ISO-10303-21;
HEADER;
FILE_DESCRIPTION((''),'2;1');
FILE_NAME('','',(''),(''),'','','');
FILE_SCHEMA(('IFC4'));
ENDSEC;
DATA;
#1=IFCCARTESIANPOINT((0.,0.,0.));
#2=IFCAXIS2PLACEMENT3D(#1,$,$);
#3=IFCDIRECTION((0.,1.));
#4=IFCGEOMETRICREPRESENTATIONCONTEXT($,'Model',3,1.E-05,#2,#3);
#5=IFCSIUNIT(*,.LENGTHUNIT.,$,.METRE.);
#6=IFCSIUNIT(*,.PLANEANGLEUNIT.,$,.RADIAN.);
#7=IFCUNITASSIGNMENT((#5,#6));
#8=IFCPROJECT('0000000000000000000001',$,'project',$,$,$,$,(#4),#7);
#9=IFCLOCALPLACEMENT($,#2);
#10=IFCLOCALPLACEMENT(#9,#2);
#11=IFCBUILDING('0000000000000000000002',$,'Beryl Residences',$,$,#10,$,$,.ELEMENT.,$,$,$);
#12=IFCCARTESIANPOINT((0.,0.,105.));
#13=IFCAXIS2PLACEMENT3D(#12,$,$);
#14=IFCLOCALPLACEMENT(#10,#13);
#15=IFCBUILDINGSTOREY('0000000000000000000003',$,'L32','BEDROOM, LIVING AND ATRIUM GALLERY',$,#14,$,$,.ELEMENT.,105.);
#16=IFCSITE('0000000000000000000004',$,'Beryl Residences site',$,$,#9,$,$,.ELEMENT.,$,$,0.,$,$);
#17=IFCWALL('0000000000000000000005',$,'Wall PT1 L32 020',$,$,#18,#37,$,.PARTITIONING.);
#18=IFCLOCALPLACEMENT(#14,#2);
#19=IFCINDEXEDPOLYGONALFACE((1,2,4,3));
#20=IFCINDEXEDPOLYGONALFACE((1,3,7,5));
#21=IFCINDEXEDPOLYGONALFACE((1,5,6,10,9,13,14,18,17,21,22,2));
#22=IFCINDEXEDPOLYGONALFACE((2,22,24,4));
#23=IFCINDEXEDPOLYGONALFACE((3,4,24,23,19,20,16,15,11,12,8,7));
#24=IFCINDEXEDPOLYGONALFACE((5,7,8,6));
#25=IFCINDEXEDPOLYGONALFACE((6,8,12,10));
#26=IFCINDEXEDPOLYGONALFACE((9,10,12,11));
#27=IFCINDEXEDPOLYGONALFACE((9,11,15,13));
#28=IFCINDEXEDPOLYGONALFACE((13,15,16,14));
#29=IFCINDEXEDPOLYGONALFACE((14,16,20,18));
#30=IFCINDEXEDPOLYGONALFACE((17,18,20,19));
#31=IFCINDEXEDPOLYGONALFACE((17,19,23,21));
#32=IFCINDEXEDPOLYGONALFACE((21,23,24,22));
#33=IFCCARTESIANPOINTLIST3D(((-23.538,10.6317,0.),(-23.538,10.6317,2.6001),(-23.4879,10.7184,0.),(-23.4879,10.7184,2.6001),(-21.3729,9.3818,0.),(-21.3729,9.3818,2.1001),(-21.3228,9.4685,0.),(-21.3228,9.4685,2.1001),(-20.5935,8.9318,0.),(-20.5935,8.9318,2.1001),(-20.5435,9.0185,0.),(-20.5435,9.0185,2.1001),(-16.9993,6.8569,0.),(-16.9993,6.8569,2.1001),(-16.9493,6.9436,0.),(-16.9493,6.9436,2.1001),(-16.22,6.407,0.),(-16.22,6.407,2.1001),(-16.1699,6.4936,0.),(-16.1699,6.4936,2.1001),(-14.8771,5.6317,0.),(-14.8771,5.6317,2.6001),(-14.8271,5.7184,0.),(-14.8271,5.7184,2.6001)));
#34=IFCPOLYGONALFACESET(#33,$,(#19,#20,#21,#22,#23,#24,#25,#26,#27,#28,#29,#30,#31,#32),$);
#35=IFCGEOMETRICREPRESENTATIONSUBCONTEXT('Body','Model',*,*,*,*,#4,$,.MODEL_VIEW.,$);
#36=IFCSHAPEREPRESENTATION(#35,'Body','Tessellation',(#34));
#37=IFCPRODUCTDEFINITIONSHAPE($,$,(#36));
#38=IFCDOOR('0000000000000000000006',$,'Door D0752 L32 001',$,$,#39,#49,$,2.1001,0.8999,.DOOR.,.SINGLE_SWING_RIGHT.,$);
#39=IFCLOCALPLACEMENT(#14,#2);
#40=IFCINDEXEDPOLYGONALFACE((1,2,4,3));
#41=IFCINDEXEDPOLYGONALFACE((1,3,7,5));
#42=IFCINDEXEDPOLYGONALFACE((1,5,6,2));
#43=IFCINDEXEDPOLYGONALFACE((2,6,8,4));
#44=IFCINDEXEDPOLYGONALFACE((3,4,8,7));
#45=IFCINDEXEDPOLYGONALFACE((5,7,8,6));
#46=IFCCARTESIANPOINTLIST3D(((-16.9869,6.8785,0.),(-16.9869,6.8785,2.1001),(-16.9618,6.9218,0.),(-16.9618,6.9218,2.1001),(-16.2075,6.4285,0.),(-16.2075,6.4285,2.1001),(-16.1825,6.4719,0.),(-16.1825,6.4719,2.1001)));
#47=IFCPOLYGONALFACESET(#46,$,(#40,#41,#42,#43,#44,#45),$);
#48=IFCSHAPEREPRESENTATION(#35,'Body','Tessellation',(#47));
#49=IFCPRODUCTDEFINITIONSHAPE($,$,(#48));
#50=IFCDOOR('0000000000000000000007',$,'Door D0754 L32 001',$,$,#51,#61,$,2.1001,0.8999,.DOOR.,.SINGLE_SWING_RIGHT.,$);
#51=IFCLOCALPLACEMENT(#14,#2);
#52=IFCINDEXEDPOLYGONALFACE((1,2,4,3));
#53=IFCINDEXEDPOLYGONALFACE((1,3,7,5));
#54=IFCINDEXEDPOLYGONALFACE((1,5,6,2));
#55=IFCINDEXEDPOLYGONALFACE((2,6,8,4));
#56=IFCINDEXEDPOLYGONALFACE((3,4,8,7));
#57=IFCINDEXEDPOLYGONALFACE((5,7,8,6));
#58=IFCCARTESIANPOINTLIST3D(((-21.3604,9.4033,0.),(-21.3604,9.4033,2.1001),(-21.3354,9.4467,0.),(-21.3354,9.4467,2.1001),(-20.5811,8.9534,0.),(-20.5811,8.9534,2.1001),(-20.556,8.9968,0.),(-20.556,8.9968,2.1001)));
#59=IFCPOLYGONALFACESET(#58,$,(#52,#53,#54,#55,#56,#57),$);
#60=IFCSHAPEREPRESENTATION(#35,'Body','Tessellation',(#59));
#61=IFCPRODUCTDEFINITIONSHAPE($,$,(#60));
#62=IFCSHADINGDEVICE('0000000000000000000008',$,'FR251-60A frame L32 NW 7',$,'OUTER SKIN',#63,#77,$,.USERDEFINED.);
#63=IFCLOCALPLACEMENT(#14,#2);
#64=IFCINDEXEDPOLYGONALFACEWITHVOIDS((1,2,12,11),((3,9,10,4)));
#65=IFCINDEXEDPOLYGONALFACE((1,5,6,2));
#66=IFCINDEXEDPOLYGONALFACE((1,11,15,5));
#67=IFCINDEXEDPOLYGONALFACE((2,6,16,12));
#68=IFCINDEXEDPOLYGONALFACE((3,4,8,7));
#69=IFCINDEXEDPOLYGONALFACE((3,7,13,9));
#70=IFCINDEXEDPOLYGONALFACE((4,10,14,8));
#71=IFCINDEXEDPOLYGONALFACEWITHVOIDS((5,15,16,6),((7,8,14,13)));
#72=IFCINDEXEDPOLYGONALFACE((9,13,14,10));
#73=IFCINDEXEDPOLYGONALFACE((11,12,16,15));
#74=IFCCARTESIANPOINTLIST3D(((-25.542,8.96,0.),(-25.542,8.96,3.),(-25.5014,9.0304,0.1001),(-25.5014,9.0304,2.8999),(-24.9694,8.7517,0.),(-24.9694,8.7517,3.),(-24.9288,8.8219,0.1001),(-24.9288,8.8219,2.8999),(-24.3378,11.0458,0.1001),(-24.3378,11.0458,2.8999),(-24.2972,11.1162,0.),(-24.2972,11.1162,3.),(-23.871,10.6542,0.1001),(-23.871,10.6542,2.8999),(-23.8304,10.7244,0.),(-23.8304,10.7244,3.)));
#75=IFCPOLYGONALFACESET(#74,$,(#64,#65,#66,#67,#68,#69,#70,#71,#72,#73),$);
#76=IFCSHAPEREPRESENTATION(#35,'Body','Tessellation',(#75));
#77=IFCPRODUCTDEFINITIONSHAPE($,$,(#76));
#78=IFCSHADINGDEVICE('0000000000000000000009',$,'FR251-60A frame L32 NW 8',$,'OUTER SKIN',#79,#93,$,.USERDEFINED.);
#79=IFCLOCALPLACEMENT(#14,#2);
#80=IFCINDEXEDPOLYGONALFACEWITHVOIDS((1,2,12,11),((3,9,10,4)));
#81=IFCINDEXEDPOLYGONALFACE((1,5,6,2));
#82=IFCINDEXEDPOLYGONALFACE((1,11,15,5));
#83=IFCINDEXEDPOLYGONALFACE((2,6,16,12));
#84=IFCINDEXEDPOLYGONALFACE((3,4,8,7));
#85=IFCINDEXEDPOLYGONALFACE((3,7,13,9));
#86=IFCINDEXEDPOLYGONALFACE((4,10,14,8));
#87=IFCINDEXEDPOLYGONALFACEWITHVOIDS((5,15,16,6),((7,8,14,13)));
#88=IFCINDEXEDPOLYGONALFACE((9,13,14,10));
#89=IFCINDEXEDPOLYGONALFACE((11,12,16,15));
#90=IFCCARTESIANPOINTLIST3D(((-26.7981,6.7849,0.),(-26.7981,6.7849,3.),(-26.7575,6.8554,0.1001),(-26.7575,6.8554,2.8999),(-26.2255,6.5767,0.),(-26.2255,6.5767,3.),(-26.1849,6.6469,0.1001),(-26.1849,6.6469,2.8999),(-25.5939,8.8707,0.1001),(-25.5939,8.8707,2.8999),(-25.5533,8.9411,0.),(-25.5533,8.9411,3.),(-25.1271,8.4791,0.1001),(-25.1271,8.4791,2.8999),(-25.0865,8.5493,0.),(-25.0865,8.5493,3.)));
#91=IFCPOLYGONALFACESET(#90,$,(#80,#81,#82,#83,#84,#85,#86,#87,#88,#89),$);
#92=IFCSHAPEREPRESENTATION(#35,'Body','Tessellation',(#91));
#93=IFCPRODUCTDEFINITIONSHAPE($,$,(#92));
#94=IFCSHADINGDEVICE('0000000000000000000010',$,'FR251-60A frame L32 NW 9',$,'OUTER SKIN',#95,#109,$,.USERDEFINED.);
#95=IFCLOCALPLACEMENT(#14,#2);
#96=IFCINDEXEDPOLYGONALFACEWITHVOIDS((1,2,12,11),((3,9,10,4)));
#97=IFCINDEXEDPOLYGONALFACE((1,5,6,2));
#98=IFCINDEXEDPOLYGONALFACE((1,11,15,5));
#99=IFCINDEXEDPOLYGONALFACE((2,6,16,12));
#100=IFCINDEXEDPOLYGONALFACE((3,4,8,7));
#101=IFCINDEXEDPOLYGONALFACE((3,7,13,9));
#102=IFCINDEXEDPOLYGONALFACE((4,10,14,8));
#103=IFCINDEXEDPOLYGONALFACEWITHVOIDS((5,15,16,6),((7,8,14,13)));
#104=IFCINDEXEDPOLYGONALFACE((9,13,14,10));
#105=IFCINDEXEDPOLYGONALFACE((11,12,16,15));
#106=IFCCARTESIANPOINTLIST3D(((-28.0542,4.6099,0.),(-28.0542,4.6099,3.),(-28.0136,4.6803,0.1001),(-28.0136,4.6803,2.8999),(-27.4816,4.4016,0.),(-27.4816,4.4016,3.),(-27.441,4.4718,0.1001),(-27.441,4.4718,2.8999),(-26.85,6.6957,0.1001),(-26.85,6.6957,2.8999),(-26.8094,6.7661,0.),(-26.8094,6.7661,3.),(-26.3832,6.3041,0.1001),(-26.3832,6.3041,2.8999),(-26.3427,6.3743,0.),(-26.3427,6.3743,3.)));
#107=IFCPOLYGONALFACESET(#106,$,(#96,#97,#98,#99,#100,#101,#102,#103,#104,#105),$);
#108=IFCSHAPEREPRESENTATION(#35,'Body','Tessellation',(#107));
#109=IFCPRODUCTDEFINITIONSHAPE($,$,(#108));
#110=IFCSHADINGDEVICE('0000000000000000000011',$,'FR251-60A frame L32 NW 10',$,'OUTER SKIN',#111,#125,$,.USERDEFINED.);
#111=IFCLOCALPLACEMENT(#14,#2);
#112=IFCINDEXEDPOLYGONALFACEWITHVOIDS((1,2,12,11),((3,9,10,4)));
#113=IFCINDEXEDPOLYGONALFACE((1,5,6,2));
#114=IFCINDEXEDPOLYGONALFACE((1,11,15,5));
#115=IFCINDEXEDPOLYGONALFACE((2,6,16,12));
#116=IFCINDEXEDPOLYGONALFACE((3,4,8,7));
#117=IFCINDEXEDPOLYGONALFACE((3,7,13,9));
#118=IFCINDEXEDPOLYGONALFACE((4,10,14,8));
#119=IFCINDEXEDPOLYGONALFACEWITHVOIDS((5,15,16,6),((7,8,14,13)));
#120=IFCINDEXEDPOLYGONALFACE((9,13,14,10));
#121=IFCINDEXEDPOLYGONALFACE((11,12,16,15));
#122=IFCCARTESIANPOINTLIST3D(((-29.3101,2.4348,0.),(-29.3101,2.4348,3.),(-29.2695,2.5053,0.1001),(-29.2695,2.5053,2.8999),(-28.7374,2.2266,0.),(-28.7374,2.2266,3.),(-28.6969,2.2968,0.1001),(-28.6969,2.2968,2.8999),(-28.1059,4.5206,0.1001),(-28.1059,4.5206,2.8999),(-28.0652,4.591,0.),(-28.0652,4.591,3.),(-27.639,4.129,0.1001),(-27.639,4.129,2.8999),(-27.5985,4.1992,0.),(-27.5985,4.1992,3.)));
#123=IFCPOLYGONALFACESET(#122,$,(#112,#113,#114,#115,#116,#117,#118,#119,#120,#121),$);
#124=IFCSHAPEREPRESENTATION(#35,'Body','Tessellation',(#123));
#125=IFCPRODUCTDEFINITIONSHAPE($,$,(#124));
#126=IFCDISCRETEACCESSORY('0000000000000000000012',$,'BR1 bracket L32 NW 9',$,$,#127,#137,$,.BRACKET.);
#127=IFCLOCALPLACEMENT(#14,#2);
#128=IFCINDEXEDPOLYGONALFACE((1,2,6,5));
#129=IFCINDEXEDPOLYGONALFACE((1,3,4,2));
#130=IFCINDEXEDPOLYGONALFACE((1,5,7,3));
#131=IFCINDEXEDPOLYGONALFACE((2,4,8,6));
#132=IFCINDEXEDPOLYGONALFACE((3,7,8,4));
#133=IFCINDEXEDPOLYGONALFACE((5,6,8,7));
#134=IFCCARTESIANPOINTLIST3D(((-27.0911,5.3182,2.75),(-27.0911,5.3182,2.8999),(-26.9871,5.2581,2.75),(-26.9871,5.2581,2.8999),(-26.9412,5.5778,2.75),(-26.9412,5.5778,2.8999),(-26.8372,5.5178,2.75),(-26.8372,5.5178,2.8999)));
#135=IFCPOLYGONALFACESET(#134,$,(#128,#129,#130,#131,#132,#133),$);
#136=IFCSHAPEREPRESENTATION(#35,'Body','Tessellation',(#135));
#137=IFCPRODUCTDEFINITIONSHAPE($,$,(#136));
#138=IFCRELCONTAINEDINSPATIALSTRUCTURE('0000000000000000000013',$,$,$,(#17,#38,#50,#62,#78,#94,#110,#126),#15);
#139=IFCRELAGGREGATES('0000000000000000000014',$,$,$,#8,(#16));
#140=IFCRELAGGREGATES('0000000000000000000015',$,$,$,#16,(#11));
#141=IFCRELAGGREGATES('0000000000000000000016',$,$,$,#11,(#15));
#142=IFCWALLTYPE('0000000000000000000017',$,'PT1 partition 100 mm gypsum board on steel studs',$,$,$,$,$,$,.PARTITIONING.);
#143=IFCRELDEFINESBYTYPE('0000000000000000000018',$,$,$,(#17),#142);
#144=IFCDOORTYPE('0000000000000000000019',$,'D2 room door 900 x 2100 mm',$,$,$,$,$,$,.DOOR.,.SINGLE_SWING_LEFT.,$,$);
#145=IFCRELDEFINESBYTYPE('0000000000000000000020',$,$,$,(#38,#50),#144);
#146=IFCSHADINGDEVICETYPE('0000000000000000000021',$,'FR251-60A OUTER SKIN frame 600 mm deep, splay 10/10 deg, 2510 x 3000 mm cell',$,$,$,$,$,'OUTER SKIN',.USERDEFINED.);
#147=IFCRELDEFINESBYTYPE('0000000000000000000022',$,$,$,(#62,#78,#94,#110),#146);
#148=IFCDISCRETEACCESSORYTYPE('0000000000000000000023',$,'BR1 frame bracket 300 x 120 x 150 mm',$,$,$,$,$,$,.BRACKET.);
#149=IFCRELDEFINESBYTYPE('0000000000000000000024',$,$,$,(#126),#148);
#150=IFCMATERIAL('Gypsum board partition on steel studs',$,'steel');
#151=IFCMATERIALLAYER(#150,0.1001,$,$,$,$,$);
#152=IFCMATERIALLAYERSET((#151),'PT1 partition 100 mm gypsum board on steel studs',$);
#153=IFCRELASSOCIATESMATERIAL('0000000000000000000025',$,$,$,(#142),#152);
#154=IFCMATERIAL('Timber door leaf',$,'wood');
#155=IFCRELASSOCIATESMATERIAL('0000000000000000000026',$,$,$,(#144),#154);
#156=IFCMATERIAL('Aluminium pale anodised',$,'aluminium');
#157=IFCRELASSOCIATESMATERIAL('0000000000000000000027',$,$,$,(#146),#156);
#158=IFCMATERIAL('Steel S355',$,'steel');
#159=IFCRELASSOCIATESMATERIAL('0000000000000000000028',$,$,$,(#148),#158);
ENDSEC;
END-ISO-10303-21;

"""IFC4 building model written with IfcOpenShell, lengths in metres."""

from ifc_helpers import new_model, entity, si_unit, direction, frame, frame_2d, origin, place, context, subcontext, project, spatial, polyline, rectangle, outline, extrude, source, transform, mapped, material, layer, layer_set, type_object, type_shapes, element, fill, save


model = new_model("IFC4")

# Units and contexts
model_context = context("Model", 3, precision=1e-05, world=origin(), true_north=direction((0.0, 1.0)))
body_context = subcontext(model_context, "Body", "Model", "MODEL_VIEW")
ifc_project = project(units=[si_unit("LENGTHUNIT", "METRE"), si_unit("PLANEANGLEUNIT", "RADIAN")], contexts=[model_context])

# Site, building, storey
site_placement = place(None, origin())
site = spatial("IfcSite", under=ifc_project, at=site_placement, Name="Beryl Residences site", CompositionType="ELEMENT", RefElevation=0.0)
building_placement = place(site_placement, origin())
building = spatial("IfcBuilding", under=site, at=building_placement, Name="Beryl Residences", CompositionType="ELEMENT")
storey_placement = place(building_placement, frame((0.0, 0.0, 105.0)))
storey = spatial("IfcBuildingStorey", under=building, at=storey_placement, Name="L32", Description="BEDROOM, LIVING AND ATRIUM GALLERY", CompositionType="ELEMENT", Elevation=105.0)

# Wall, openings, doors
ifc_material_1 = material(Name="Gypsum board partition on steel studs", Category="steel")
ifc_layer_1 = layer(ifc_material_1, 0.1001)
ifc_layer_set_1 = layer_set([ifc_layer_1], Name="PT1 partition 100 mm gypsum board on steel studs")
wall_type_1 = type_object("IfcWallType", Name="PT1 partition 100 mm gypsum board on steel studs", PredefinedType="PARTITIONING", material=ifc_layer_set_1)
ifc_material_2 = material(Name="Timber door leaf", Category="wood")
door_type_1 = type_object("IfcDoorType", Name="D2 room door 900 x 2100 mm", OperationType="SINGLE_SWING_LEFT", PredefinedType="DOOR", material=ifc_material_2)
wall_1_placement = place(storey_placement, frame((-23.5129, 10.675, 0.0), z_axis=(0.0, 0.0, 1.0), x_axis=(0.866041, -0.499973, 0.0)))
wall_1 = element("IfcWall", 1, at=wall_1_placement, inside=storey, type_object=wall_type_1, Name="Wall PT1 L32 020", PredefinedType="PARTITIONING", context=body_context, shape_type="SweptSolid", body=[
    extrude(rectangle(XDim=10.0005, YDim=0.1001, at=frame_2d((5.0002, 0.0))), origin(), (0.0, 0.0, 1.0), 2.6001),
])
opening_1_placement = place(wall_1_placement, frame((7.55, 0.0, 0.0)))
opening_1 = element("IfcOpeningElement", 2, at=opening_1_placement, cuts=wall_1, PredefinedType="OPENING", context=body_context, shape_type="SweptSolid", body=[
    extrude(rectangle(XDim=0.8999, YDim=2.1001, at=frame_2d((0.45, 1.05))), frame((0.0, 0.0601, 0.0), z_axis=(0.0, -1.0, 0.0), x_axis=(1.0, 0.0, 0.0)), (0.0, 0.0, 1.0), 0.1201),
])
opening_2_placement = place(wall_1_placement, frame((2.5, 0.0, 0.0)))
opening_2 = element("IfcOpeningElement", 3, at=opening_2_placement, cuts=wall_1, PredefinedType="OPENING", context=body_context, shape_type="SweptSolid", body=[
    extrude(rectangle(XDim=0.8999, YDim=2.1001, at=frame_2d((0.45, 1.05))), frame((0.0, 0.0601, 0.0), z_axis=(0.0, -1.0, 0.0), x_axis=(1.0, 0.0, 0.0)), (0.0, 0.0, 1.0), 0.1201),
])
door_1_placement = place(opening_1_placement, origin())
door_1 = element("IfcDoor", 4, at=door_1_placement, inside=storey, type_object=door_type_1, Name="Door D0752 L32 001", OperationType="SINGLE_SWING_RIGHT", OverallHeight=2.1001, OverallWidth=0.8999, PredefinedType="DOOR", context=body_context, shape_type="SweptSolid", body=[
    extrude(rectangle(XDim=0.8999, YDim=2.1001, at=frame_2d((0.45, 1.05))), frame((0.0, 0.0249, 0.0), z_axis=(0.0, -1.0, 0.0), x_axis=(1.0, 0.0, 0.0)), (0.0, 0.0, 1.0), 0.05),
])
fill(opening_1, door_1)
door_2_placement = place(opening_2_placement, origin())
door_2 = element("IfcDoor", 5, at=door_2_placement, inside=storey, type_object=door_type_1, Name="Door D0754 L32 001", OperationType="SINGLE_SWING_RIGHT", OverallHeight=2.1001, OverallWidth=0.8999, PredefinedType="DOOR", context=body_context, shape_type="SweptSolid", body=[
    extrude(rectangle(XDim=0.8999, YDim=2.1001, at=frame_2d((0.45, 1.05))), frame((0.0, 0.0249, 0.0), z_axis=(0.0, -1.0, 0.0), x_axis=(1.0, 0.0, 0.0)), (0.0, 0.0, 1.0), 0.05),
])
fill(opening_2, door_2)

# Shading devices
ifc_material_3 = material(Name="Aluminium pale anodised", Category="aluminium")
shading_device_type = type_object("IfcShadingDeviceType", Name="FR251-60A OUTER SKIN frame 600 mm deep, splay 10/10 deg, 2510 x 3000 mm cell", ElementType="OUTER SKIN", PredefinedType="USERDEFINED", material=ifc_material_3)
cartesian_point_1 = entity("IfcCartesianPoint", [-1.1389, 0.0])
cartesian_point_2 = entity("IfcCartesianPoint", [-1.0579, 0.1001])
cartesian_point_3 = entity("IfcCartesianPoint", [-1.2449, 0.0])
cartesian_point_4 = entity("IfcCartesianPoint", [-1.1636, 0.1001])
shared_shape_1 = source(origin(), body_context, "Body", "SweptSolid", [
    entity("IfcExtrudedAreaSolidTapered", entity("IfcArbitraryProfileDefWithVoids", "AREA", None, entity("IfcPolyline", [cartesian_point_1, entity("IfcCartesianPoint", [1.1389, 0.0]), entity("IfcCartesianPoint", [1.1389, 3.0]), entity("IfcCartesianPoint", [-1.1389, 3.0]), cartesian_point_1]), [entity("IfcPolyline", [cartesian_point_2, entity("IfcCartesianPoint", [1.0579, 0.1001]), entity("IfcCartesianPoint", [1.0579, 2.8999]), entity("IfcCartesianPoint", [-1.0579, 2.8999]), cartesian_point_2])]), entity("IfcAxis2Placement3D", entity("IfcCartesianPoint", [0.0, 0.0, 0.0]), entity("IfcDirection", [0.0, 1.0, 0.0]), entity("IfcDirection", [-1.0, 0.0, 0.0])), entity("IfcDirection", [0.0, 0.0, 1.0]), 0.6001, entity("IfcArbitraryProfileDefWithVoids", "AREA", None, entity("IfcPolyline", [cartesian_point_3, entity("IfcCartesianPoint", [1.2449, 0.0]), entity("IfcCartesianPoint", [1.2449, 3.0]), entity("IfcCartesianPoint", [-1.2449, 3.0]), cartesian_point_3]), [entity("IfcPolyline", [cartesian_point_4, entity("IfcCartesianPoint", [1.1636, 0.1001]), entity("IfcCartesianPoint", [1.1636, 2.8999]), entity("IfcCartesianPoint", [-1.1636, 2.8999]), cartesian_point_4])])),
])
type_shapes(shading_device_type, [shared_shape_1])
for number, where, z_axis, x_axis, name in (
    (6, (-24.3999, 9.738, 0.0), (0.0, 0.0, 1.0), (0.5, 0.866025, 0.0), "FR251-60A frame L32 NW 7"),
    (7, (-25.656, 7.563, 0.0), (0.0, 0.0, 1.0), (0.5, 0.866025, 0.0), "FR251-60A frame L32 NW 8"),
    (8, (-26.9121, 5.3879, 0.0), (0.0, 0.0, 1.0), (0.5, 0.866025, 0.0), "FR251-60A frame L32 NW 9"),
    (9, (-28.168, 3.2129, 0.0), (0.0, 0.0, 1.0), (0.5, 0.866025, 0.0), "FR251-60A frame L32 NW 10"),
):
    element("IfcShadingDevice", number, at=place(storey_placement, frame(where, z_axis=z_axis, x_axis=x_axis)), inside=storey, type_object=shading_device_type, Name=name, ObjectType="OUTER SKIN", PredefinedType="USERDEFINED", context=body_context, shape_type="MappedRepresentation", body=[
        mapped(shared_shape_1, transform((0.0, 0.0, 0.0))),
    ])

# Discrete accessory
ifc_material_4 = material(Name="Steel S355", Category="steel")
discrete_accessory_type = type_object("IfcDiscreteAccessoryType", Name="BR1 frame bracket 300 x 120 x 150 mm", PredefinedType="BRACKET", material=ifc_material_4)
shared_shape_2 = source(origin(), body_context, "Body", "SweptSolid", [
    extrude(outline(polyline([(-0.1499, 0.0), (0.1499, 0.0), (0.1499, 0.1201), (-0.1499, 0.1201), (-0.1499, 0.0)])), origin(), (0.0, 0.0, 1.0), 0.1499),
])
type_shapes(discrete_accessory_type, [shared_shape_2])
discrete_accessory_placement = place(storey_placement, frame((-26.9121, 5.3879, 2.75), z_axis=(0.0, 0.0, 1.0), x_axis=(0.5, 0.866025, 0.0)))
element("IfcDiscreteAccessory", 10, at=discrete_accessory_placement, inside=storey, type_object=discrete_accessory_type, Name="BR1 bracket L32 NW 9", PredefinedType="BRACKET", context=body_context, shape_type="MappedRepresentation", body=[
    mapped(shared_shape_2, transform((0.0, 0.0, 0.0))),
])

save(model, "model.ifc")
